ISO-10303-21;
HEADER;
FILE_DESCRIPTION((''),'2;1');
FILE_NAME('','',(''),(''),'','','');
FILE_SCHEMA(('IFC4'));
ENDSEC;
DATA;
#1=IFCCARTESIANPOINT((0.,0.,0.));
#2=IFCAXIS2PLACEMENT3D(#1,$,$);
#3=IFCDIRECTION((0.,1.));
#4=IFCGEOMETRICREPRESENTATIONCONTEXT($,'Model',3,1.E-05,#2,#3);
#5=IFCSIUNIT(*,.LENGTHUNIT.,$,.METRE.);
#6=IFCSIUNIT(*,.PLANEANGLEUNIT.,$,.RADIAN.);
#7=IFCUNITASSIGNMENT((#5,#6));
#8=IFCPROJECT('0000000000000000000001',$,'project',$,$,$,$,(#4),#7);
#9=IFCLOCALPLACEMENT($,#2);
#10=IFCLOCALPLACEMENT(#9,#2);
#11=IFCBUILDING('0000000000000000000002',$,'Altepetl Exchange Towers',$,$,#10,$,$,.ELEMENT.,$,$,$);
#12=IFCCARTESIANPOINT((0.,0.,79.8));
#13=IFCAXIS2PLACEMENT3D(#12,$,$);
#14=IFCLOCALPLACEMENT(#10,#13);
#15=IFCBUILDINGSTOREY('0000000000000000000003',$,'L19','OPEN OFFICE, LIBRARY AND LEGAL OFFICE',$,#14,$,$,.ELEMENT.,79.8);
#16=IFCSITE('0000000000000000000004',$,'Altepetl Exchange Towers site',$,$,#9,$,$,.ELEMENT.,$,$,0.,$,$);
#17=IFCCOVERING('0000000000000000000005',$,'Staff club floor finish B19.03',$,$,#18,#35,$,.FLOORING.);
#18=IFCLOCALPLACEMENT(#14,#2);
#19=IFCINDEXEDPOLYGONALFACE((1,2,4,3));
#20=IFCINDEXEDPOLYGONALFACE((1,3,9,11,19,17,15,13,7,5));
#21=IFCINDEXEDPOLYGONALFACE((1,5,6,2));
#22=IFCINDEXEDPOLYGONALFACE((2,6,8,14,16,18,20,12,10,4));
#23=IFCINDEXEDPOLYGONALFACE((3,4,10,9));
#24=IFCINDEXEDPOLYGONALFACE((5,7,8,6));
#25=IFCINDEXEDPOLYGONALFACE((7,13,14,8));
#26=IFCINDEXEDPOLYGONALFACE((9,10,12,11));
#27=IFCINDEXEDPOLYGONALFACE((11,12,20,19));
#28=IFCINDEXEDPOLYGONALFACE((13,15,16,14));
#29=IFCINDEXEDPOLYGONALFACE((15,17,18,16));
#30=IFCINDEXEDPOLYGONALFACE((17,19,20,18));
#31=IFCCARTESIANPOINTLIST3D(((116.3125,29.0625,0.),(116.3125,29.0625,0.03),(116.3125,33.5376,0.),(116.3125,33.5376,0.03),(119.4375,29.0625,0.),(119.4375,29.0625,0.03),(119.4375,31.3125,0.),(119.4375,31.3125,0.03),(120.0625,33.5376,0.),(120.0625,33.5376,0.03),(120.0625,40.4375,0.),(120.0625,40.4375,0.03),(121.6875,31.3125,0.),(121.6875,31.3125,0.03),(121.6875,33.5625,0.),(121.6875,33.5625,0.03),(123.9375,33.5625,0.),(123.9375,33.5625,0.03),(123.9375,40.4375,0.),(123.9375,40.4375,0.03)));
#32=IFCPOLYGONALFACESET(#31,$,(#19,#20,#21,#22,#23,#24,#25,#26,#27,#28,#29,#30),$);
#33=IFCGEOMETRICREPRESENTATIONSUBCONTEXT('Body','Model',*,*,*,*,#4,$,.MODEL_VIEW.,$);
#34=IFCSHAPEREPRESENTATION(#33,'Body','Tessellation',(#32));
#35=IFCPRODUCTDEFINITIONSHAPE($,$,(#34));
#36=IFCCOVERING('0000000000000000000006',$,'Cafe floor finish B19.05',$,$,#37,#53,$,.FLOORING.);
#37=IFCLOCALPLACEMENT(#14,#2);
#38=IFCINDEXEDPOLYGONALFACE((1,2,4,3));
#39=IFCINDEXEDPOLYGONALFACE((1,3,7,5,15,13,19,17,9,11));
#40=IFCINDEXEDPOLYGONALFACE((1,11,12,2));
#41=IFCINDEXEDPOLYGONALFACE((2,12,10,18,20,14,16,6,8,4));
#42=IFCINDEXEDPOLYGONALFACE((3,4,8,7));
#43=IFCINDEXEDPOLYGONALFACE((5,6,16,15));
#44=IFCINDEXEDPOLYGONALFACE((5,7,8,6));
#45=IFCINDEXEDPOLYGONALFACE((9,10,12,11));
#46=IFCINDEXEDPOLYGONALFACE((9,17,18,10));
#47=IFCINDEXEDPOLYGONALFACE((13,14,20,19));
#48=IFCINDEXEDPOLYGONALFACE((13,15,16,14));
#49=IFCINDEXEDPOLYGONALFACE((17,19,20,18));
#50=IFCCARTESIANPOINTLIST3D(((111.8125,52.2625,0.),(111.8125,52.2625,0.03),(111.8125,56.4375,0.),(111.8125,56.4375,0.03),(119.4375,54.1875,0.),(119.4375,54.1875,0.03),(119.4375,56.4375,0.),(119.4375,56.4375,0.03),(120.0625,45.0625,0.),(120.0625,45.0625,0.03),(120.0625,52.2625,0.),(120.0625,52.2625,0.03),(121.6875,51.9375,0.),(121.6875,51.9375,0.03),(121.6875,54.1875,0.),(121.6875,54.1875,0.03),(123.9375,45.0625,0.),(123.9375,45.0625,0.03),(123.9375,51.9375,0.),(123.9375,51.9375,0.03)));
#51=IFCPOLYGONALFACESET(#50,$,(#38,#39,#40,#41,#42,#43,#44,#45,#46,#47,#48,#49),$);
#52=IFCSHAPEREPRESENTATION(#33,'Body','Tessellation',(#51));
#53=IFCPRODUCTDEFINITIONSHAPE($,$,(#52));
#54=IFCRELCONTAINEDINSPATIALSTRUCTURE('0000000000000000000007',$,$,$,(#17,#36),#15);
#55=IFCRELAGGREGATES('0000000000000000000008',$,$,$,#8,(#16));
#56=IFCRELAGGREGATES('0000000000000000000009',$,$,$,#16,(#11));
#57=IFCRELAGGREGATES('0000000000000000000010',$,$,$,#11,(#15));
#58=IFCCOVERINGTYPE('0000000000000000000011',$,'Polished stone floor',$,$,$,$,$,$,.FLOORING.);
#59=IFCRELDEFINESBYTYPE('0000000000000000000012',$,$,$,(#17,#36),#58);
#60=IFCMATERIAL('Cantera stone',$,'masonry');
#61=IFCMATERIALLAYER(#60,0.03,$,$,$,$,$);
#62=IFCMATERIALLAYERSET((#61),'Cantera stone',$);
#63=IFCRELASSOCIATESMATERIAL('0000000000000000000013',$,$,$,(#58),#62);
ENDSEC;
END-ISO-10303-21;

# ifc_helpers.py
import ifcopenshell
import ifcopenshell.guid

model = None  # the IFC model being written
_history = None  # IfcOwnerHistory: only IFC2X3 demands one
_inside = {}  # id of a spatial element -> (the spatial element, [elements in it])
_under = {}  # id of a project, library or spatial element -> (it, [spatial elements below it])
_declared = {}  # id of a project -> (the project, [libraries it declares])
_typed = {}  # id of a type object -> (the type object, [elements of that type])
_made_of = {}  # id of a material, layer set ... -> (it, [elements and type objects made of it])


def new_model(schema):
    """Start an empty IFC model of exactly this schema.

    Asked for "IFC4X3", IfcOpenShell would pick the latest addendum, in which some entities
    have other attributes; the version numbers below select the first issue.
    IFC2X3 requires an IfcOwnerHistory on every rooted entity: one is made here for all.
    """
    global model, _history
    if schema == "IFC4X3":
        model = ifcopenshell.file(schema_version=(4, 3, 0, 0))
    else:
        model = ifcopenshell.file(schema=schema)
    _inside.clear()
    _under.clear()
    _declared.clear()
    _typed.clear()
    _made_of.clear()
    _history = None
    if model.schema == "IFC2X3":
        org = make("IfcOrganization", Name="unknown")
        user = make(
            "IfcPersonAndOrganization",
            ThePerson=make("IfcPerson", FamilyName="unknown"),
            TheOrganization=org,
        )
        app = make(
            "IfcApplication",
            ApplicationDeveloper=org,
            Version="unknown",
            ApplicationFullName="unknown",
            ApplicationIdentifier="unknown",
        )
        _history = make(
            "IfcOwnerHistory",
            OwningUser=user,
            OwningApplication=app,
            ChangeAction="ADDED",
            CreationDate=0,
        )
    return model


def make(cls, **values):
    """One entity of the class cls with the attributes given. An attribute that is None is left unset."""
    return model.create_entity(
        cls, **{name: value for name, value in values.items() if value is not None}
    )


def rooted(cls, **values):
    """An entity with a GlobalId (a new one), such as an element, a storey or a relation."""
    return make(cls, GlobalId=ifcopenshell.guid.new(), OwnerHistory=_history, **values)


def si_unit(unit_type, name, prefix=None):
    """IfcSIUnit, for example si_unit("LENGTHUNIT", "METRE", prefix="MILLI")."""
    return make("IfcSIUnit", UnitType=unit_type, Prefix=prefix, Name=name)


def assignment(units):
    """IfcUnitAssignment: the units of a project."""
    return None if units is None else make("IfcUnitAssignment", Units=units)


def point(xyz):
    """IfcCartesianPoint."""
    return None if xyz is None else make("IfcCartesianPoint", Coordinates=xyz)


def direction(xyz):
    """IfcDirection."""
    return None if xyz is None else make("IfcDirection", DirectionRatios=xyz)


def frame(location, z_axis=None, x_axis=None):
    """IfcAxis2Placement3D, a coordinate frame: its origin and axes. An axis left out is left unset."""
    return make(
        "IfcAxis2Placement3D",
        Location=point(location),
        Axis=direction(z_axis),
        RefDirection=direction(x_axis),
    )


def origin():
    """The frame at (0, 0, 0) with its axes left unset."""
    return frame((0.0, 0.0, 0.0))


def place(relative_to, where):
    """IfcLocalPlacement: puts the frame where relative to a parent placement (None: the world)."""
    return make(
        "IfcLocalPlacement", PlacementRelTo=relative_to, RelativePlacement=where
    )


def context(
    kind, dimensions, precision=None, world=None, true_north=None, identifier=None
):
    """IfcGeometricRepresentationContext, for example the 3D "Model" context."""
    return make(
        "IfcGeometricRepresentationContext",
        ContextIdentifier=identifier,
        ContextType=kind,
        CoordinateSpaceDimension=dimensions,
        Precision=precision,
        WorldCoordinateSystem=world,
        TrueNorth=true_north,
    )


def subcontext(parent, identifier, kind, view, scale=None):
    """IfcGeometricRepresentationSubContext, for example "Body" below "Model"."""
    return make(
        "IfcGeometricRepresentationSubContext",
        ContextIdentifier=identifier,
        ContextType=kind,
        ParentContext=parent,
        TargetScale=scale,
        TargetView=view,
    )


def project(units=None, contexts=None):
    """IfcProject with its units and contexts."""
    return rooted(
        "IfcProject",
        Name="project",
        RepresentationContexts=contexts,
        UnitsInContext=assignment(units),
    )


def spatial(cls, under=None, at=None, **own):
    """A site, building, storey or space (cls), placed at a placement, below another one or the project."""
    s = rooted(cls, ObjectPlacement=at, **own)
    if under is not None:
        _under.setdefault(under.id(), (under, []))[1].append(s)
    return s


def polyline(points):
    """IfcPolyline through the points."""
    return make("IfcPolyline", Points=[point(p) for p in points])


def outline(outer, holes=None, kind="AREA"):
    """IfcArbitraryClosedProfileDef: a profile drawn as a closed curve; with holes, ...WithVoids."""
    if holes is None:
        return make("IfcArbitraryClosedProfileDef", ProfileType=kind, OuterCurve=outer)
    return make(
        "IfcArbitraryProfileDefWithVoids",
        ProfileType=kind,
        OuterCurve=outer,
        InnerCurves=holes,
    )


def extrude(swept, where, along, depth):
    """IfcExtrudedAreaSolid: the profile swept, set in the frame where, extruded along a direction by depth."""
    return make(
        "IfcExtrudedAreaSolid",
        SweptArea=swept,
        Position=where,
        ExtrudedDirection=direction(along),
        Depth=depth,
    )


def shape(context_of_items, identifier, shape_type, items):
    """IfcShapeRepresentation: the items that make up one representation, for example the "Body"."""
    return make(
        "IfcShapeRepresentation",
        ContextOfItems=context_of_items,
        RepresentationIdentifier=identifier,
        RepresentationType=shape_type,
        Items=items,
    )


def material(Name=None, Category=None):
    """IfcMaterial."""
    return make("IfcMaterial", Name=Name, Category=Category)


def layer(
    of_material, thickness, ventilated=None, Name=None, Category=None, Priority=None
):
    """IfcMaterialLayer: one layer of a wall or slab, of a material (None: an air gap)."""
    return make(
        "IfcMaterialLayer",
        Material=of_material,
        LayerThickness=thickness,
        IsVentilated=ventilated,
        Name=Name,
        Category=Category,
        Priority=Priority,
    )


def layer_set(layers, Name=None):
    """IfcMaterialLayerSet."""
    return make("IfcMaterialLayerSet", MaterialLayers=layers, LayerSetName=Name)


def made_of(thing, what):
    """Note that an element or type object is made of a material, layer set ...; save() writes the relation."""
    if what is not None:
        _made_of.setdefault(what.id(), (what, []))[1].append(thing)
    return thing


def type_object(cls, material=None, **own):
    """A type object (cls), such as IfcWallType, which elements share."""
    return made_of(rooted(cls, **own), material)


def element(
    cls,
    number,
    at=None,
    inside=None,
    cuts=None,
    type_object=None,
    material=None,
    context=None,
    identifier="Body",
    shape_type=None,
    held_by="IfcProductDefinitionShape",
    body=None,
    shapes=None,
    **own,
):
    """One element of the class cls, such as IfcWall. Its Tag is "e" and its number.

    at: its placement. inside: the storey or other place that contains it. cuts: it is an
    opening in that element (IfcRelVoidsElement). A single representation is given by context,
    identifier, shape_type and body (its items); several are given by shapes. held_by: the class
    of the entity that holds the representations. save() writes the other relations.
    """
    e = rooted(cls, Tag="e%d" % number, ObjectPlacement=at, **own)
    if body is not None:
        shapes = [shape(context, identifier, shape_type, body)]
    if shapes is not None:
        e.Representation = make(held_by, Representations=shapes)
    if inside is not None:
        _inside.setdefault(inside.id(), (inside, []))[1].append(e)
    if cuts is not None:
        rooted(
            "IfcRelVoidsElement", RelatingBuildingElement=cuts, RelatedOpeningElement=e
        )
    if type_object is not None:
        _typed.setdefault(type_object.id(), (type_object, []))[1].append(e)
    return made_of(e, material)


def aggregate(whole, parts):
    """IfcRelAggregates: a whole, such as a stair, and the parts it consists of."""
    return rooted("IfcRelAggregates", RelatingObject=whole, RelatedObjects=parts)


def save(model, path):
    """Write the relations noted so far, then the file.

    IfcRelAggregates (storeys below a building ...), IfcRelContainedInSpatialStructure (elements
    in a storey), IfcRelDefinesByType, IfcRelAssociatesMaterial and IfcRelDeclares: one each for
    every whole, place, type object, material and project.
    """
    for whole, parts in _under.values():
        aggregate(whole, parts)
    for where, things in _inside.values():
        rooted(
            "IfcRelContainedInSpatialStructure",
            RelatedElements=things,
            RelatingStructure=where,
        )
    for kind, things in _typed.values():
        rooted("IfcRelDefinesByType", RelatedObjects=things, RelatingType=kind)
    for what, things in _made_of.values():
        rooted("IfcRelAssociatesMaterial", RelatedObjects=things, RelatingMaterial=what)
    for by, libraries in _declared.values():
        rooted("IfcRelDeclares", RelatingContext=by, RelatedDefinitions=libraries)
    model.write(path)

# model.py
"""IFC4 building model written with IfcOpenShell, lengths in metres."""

from ifc_helpers import new_model, si_unit, direction, frame, origin, place, context, subcontext, project, spatial, polyline, outline, extrude, material, layer, layer_set, type_object, element, save


model = new_model("IFC4")

# Units and contexts
model_context = context("Model", 3, precision=1e-05, world=origin(), true_north=direction((0.0, 1.0)))
body_context = subcontext(model_context, "Body", "Model", "MODEL_VIEW")
ifc_project = project(units=[si_unit("LENGTHUNIT", "METRE"), si_unit("PLANEANGLEUNIT", "RADIAN")], contexts=[model_context])

# Site, building, storey
site_placement = place(None, origin())
site = spatial("IfcSite", under=ifc_project, at=site_placement, Name="Altepetl Exchange Towers site", CompositionType="ELEMENT", RefElevation=0.0)
building_placement = place(site_placement, origin())
building = spatial("IfcBuilding", under=site, at=building_placement, Name="Altepetl Exchange Towers", CompositionType="ELEMENT")
storey_placement = place(building_placement, frame((0.0, 0.0, 79.8)))
storey = spatial("IfcBuildingStorey", under=building, at=storey_placement, Name="L19", Description="OPEN OFFICE, LIBRARY AND LEGAL OFFICE", CompositionType="ELEMENT", Elevation=79.8)

# Coverings
ifc_material_1 = material(Name="Cantera stone", Category="masonry")
ifc_layer_1 = layer(ifc_material_1, 0.03)
ifc_layer_set_1 = layer_set([ifc_layer_1], Name="Cantera stone")
covering_type_1 = type_object("IfcCoveringType", Name="Polished stone floor", PredefinedType="FLOORING", material=ifc_layer_set_1)
covering_1_placement = place(storey_placement, origin())
element("IfcCovering", 1, at=covering_1_placement, inside=storey, type_object=covering_type_1, Name="Staff club floor finish B19.03", PredefinedType="FLOORING", context=body_context, shape_type="SweptSolid", body=[
    extrude(outline(polyline([(123.9375, 33.5625), (123.9375, 40.4375), (120.0625, 40.4375), (120.0625, 33.5376), (116.3125, 33.5376), (116.3125, 29.0625), (119.4375, 29.0625), (119.4375, 31.3125), (121.6875, 31.3125), (121.6875, 33.5625), (123.9375, 33.5625)])), origin(), (0.0, 0.0, 1.0), 0.03),
])
covering_2_placement = place(storey_placement, origin())
element("IfcCovering", 2, at=covering_2_placement, inside=storey, type_object=covering_type_1, Name="Cafe floor finish B19.05", PredefinedType="FLOORING", context=body_context, shape_type="SweptSolid", body=[
    extrude(outline(polyline([(121.6875, 54.1875), (119.4375, 54.1875), (119.4375, 56.4375), (111.8125, 56.4375), (111.8125, 52.2625), (120.0625, 52.2625), (120.0625, 45.0625), (123.9375, 45.0625), (123.9375, 51.9375), (121.6875, 51.9375), (121.6875, 54.1875)])), origin(), (0.0, 0.0, 1.0), 0.03),
])

save(model, "model.ifc")
